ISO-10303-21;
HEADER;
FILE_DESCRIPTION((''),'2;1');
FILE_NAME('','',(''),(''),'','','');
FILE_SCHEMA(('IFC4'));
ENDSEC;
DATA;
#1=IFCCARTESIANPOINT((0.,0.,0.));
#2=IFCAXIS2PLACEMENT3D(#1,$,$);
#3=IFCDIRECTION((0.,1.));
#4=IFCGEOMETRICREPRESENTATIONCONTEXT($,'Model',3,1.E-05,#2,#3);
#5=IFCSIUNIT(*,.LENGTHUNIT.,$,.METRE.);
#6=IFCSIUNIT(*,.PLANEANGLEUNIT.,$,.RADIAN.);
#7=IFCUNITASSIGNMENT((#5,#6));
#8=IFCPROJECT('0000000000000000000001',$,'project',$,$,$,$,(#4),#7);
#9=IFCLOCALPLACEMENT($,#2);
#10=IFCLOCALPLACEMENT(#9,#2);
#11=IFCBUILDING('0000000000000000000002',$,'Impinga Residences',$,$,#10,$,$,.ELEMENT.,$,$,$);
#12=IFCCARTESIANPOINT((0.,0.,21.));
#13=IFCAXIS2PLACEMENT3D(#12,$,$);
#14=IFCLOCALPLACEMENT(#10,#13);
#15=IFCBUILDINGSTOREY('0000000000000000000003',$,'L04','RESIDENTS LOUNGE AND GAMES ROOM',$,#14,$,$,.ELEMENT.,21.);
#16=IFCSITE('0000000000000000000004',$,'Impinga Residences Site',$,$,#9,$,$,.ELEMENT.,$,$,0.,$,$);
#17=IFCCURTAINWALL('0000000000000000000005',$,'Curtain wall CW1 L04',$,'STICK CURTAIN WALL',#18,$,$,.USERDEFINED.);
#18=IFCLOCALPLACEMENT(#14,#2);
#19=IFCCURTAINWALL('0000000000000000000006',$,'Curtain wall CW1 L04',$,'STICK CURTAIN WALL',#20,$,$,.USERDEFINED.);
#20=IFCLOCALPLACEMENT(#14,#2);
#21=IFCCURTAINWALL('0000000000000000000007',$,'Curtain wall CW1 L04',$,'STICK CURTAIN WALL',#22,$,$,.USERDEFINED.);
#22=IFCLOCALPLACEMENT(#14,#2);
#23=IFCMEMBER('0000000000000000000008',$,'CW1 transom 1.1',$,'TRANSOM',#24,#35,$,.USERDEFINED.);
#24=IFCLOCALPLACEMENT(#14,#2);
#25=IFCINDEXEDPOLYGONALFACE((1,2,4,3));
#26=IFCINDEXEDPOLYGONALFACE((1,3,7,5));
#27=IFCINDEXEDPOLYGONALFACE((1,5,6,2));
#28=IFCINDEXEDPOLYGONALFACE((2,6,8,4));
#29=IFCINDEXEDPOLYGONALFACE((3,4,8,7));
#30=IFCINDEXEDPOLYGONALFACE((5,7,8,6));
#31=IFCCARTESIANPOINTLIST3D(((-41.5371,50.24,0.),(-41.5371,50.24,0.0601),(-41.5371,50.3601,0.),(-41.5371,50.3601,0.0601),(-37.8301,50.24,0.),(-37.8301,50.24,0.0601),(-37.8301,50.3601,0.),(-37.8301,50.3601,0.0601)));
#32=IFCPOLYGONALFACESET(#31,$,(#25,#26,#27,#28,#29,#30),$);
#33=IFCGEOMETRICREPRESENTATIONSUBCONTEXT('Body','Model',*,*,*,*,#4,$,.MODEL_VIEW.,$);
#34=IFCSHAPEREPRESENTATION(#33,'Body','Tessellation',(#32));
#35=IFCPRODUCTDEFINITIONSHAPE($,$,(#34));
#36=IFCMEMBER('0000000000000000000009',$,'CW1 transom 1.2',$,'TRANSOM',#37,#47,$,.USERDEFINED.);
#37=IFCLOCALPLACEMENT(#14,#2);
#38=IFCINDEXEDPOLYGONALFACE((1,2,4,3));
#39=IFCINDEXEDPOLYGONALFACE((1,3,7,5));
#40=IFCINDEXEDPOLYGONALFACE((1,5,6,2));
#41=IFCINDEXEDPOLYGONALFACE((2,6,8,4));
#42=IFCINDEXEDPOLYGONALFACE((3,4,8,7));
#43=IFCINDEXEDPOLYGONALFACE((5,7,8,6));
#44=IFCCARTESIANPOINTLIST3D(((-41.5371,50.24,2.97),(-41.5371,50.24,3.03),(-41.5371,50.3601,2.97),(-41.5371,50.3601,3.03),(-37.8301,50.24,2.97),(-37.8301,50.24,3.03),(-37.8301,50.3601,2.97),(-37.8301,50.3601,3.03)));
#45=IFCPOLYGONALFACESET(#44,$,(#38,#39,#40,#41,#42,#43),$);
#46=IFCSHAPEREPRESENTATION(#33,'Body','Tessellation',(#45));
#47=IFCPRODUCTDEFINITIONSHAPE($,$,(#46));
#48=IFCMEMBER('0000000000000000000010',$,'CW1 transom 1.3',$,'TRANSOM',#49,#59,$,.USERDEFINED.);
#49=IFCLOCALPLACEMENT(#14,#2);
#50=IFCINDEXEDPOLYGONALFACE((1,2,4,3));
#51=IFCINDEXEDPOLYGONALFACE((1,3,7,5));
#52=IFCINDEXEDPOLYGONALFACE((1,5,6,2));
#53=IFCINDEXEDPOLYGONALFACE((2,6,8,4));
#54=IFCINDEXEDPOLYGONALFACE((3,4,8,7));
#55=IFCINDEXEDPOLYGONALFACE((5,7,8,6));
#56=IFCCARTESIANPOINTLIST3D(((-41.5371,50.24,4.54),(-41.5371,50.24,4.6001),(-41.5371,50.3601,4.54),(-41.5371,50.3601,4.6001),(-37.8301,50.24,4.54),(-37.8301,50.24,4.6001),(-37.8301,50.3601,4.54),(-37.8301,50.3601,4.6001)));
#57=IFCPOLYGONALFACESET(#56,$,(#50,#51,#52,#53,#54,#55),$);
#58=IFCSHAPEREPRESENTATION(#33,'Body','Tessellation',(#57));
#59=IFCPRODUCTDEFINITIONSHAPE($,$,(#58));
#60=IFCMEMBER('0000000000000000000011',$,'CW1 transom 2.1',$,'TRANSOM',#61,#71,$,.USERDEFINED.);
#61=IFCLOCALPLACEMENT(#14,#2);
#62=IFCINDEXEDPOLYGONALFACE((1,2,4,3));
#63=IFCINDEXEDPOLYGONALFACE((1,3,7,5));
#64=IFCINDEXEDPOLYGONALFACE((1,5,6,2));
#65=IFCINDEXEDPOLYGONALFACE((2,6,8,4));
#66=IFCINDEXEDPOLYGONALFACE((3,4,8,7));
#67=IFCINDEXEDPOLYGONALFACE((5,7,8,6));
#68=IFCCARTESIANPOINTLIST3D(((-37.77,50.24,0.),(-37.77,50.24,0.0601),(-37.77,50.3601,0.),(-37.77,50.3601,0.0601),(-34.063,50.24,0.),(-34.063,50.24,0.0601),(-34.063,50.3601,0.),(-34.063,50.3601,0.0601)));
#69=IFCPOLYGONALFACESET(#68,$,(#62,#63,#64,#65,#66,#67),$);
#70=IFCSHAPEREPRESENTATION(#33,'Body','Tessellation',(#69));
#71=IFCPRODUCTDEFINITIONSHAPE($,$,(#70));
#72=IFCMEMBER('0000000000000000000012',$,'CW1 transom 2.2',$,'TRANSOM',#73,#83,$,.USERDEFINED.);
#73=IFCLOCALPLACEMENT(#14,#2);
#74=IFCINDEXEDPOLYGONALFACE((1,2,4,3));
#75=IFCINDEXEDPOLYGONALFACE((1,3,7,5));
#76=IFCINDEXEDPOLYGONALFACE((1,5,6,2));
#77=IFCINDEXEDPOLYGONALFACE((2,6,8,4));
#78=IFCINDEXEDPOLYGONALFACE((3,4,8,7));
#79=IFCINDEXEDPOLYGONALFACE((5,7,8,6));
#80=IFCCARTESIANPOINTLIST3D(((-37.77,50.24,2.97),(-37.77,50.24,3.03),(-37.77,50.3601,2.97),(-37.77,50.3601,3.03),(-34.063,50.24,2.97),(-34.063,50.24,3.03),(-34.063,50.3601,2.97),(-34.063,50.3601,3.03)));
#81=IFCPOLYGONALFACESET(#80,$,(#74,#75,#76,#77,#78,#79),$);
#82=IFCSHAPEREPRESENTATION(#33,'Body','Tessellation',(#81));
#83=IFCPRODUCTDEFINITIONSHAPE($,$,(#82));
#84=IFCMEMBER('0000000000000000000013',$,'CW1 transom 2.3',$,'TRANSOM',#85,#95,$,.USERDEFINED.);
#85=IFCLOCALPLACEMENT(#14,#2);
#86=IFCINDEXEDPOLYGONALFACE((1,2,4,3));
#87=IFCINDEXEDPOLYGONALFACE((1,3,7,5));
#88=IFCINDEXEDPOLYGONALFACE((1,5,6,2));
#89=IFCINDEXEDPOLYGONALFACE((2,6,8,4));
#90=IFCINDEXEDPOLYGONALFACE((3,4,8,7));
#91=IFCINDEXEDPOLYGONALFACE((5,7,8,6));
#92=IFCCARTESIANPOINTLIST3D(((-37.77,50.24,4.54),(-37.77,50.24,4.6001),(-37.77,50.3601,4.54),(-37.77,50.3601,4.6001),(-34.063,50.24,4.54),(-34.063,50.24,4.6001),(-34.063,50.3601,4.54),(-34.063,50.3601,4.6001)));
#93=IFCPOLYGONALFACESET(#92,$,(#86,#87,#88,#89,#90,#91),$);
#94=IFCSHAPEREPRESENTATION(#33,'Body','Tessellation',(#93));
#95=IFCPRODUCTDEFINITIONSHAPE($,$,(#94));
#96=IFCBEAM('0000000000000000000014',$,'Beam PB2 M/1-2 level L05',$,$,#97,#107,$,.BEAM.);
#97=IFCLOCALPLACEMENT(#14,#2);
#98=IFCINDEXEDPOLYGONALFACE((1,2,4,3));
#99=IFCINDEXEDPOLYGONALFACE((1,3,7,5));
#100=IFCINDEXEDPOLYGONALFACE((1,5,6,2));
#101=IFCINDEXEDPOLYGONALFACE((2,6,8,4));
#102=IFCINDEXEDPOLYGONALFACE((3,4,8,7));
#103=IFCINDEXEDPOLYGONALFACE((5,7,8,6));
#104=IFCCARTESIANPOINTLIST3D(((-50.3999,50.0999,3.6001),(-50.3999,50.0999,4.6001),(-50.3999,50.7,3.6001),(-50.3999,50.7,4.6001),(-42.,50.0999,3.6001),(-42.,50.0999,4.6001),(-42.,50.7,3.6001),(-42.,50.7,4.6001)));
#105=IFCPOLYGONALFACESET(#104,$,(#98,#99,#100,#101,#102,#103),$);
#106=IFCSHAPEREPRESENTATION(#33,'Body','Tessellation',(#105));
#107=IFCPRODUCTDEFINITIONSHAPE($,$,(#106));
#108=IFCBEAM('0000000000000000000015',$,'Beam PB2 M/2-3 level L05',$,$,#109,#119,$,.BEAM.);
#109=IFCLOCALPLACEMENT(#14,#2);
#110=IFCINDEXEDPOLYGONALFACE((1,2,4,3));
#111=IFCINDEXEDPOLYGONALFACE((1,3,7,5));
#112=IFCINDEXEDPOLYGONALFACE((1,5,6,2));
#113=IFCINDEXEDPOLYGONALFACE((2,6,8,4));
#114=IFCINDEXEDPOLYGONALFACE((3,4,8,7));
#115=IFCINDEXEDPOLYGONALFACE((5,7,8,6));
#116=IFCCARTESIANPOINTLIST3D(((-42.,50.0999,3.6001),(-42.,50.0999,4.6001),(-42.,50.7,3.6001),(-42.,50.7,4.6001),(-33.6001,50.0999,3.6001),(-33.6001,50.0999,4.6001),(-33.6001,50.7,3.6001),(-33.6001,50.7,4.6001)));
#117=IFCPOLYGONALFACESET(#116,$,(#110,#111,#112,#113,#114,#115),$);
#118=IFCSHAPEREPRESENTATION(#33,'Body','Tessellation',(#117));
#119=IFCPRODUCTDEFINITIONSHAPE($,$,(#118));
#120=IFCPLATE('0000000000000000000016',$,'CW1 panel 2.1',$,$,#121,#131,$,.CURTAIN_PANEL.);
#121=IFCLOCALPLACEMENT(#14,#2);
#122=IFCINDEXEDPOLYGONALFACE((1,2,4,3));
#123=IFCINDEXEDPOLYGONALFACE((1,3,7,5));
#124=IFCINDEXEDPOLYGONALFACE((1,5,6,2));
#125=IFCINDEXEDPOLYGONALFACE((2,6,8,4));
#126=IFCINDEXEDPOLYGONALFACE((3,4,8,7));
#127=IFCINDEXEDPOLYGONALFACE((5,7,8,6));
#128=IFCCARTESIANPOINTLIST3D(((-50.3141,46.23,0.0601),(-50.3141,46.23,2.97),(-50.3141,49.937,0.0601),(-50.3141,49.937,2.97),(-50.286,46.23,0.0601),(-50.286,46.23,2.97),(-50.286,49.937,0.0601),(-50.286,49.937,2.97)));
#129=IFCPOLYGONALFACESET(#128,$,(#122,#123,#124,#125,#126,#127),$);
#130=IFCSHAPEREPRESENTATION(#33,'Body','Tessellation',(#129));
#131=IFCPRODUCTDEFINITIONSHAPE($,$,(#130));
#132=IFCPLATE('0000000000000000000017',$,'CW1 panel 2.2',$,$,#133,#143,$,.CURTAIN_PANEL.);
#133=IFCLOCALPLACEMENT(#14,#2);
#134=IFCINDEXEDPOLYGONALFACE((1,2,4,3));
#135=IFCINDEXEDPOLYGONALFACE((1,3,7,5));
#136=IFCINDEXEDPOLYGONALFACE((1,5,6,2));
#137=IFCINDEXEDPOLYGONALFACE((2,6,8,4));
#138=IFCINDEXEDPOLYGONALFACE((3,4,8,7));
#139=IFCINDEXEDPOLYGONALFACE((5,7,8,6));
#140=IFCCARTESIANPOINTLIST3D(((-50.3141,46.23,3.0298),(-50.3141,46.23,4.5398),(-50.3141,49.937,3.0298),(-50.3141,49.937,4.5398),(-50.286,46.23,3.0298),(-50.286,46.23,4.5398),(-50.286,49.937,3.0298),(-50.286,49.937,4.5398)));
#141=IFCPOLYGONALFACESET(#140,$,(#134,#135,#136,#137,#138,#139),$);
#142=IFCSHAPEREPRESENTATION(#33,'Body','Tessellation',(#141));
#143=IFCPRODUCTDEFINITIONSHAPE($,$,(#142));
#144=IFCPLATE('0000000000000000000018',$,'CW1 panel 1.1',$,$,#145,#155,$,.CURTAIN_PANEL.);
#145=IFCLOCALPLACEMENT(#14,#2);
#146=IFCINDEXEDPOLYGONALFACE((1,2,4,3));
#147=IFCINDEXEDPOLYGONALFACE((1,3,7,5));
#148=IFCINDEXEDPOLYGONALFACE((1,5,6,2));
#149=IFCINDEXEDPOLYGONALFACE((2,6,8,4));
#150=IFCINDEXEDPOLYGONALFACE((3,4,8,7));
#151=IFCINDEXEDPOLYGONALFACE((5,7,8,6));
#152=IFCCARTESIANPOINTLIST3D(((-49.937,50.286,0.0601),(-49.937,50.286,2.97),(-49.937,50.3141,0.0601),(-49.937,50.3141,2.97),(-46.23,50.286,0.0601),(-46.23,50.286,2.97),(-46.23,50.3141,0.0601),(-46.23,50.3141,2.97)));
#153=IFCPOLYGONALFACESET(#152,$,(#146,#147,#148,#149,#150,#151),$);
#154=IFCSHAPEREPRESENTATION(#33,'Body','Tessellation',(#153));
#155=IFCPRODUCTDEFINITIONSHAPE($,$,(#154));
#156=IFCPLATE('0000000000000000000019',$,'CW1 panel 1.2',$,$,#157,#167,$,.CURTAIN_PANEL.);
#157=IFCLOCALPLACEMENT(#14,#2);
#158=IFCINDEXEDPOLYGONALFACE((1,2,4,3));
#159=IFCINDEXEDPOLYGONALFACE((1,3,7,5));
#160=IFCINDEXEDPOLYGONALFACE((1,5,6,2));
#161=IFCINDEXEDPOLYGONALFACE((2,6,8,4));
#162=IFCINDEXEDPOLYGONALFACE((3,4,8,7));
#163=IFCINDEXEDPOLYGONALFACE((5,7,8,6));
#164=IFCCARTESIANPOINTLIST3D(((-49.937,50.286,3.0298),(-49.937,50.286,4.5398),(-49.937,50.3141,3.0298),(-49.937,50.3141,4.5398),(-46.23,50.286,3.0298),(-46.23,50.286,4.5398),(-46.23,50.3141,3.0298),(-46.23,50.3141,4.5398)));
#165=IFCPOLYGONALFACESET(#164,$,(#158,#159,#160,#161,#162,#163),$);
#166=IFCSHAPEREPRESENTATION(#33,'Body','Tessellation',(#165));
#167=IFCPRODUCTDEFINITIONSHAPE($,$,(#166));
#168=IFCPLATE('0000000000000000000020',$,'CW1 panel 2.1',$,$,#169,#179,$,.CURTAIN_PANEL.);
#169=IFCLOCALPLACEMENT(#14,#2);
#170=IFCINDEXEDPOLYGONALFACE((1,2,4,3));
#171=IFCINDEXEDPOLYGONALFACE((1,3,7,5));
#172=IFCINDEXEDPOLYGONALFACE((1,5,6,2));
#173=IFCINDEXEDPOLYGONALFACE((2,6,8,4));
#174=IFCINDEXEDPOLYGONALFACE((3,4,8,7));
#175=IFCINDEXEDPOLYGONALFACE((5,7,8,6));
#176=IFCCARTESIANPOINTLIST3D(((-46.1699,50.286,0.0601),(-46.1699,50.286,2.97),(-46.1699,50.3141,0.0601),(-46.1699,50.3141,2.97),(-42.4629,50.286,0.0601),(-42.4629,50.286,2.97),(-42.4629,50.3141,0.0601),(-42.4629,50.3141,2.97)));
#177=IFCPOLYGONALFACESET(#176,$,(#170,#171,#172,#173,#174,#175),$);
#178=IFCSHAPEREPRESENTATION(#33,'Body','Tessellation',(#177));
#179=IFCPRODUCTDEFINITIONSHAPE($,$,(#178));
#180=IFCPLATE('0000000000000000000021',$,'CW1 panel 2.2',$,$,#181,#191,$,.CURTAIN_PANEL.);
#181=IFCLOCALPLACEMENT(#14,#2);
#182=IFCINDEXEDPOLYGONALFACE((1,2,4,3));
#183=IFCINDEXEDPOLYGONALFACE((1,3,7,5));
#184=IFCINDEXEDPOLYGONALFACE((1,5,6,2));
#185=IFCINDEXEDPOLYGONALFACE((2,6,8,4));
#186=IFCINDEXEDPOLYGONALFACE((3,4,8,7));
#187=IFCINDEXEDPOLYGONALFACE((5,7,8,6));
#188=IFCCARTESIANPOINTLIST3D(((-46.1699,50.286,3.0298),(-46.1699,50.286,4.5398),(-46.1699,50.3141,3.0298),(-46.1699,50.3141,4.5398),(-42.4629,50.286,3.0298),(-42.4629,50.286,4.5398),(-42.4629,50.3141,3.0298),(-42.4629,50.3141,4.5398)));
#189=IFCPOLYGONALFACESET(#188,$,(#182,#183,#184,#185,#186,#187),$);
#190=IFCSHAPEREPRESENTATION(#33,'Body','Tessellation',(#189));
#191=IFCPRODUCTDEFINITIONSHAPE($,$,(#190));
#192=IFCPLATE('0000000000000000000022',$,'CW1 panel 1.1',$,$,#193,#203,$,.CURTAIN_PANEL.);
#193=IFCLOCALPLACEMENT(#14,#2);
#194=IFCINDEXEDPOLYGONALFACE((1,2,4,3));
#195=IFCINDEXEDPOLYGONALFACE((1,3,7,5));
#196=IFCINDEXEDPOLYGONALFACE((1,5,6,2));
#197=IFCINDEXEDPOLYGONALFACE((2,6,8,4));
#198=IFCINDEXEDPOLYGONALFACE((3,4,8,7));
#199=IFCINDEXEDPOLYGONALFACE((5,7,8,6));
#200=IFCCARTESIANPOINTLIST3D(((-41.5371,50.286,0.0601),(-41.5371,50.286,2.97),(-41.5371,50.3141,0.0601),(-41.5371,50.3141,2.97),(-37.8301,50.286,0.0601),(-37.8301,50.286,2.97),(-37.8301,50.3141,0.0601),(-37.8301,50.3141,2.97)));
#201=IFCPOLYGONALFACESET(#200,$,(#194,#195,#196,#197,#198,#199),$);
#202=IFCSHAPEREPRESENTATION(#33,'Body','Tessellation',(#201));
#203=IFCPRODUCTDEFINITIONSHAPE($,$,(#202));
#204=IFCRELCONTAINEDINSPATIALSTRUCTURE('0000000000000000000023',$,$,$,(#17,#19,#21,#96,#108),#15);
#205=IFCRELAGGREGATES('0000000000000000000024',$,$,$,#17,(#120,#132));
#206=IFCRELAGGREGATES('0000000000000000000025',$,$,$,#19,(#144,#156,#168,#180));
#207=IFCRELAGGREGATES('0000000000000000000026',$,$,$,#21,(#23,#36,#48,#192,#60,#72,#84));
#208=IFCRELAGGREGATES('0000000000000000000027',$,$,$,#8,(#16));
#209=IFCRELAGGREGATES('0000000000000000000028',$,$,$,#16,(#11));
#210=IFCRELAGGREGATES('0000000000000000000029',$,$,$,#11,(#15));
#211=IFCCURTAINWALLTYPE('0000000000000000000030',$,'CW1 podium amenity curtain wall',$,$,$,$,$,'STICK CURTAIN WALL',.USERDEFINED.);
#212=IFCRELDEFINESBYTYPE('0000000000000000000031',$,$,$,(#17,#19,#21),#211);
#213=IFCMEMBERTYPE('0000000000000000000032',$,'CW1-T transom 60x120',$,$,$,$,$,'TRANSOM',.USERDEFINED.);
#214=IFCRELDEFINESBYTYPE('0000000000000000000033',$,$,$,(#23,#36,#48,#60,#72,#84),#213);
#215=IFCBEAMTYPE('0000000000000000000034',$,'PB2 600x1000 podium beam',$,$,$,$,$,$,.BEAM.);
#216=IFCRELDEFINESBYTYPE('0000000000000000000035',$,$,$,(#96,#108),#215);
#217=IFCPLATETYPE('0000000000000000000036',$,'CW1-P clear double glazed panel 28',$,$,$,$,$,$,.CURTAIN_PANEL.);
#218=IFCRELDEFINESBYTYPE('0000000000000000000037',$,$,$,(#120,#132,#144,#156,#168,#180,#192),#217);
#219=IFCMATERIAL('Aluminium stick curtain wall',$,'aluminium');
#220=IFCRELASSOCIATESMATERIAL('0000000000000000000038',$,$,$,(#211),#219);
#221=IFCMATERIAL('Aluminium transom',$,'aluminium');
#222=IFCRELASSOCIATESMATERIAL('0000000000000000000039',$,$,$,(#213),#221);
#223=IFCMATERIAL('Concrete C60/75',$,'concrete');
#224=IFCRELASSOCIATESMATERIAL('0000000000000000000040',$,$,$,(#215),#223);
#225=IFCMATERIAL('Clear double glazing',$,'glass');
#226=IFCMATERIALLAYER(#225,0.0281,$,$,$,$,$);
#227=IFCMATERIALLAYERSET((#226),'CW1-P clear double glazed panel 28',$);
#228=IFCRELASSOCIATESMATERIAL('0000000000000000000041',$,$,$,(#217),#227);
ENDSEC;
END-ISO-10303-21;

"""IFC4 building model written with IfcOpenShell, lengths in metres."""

from ifc_helpers import new_model, si_unit, direction, frame, origin, origin_2d, place, context, subcontext, project, spatial, rectangle, extrude, material, layer, layer_set, material_profile, profile_set, type_object, element, aggregate, save


model = new_model("IFC4")

# Units and contexts
model_context = context("Model", 3, precision=1e-05, world=origin(), true_north=direction((0.0, 1.0)))
body_context = subcontext(model_context, "Body", "Model", "MODEL_VIEW")
ifc_project = project(units=[si_unit("LENGTHUNIT", "METRE"), si_unit("PLANEANGLEUNIT", "RADIAN")], contexts=[model_context])

# Site, building, storey
site_placement = place(None, origin())
site = spatial("IfcSite", under=ifc_project, at=site_placement, Name="Impinga Residences Site", CompositionType="ELEMENT", RefElevation=0.0)
building_placement = place(site_placement, origin())
building = spatial("IfcBuilding", under=site, at=building_placement, Name="Impinga Residences", CompositionType="ELEMENT")
storey_placement = place(building_placement, frame((0.0, 0.0, 21.0)))
storey = spatial("IfcBuildingStorey", under=building, at=storey_placement, Name="L04", Description="RESIDENTS LOUNGE AND GAMES ROOM", CompositionType="ELEMENT", Elevation=21.0)

# Curtain wall
ifc_material_1 = material(Name="Aluminium stick curtain wall", Category="aluminium")
curtain_wall_type = type_object("IfcCurtainWallType", Name="CW1 podium amenity curtain wall", ElementType="STICK CURTAIN WALL", PredefinedType="USERDEFINED", material=ifc_material_1)
curtain_wall_1_placement = place(storey_placement, origin())
curtain_wall_1 = element("IfcCurtainWall", 1, at=curtain_wall_1_placement, inside=storey, type_object=curtain_wall_type, Name="Curtain wall CW1 L04", ObjectType="STICK CURTAIN WALL", PredefinedType="USERDEFINED")

# Curtain walls
curtain_wall_2_placement = place(storey_placement, origin())
curtain_wall_2 = element("IfcCurtainWall", 2, at=curtain_wall_2_placement, inside=storey, type_object=curtain_wall_type, Name="Curtain wall CW1 L04", ObjectType="STICK CURTAIN WALL", PredefinedType="USERDEFINED")
curtain_wall_3_placement = place(storey_placement, origin())
curtain_wall_3 = element("IfcCurtainWall", 3, at=curtain_wall_3_placement, inside=storey, type_object=curtain_wall_type, Name="Curtain wall CW1 L04", ObjectType="STICK CURTAIN WALL", PredefinedType="USERDEFINED")

# Members
ifc_material_2 = material(Name="Aluminium transom", Category="aluminium")
ifc_material_profile_1 = material_profile(ifc_material_2, rectangle(XDim=0.0601, YDim=0.1201, at=origin_2d()), Name="60x120 transom")
ifc_profile_set_1 = profile_set([ifc_material_profile_1], Name="Aluminium transom")
member_type_1 = type_object("IfcMemberType", Name="CW1-T transom 60x120", ElementType="TRANSOM", PredefinedType="USERDEFINED", material=ifc_profile_set_1)
member_1_placement = place(storey_placement, frame((-41.5371, 50.3, 0.03), z_axis=(1.0, 0.0, 0.0), x_axis=(0.0, 0.0, 1.0)))
member_1 = element("IfcMember", 4, at=member_1_placement, type_object=member_type_1, Name="CW1 transom 1.1", ObjectType="TRANSOM", PredefinedType="USERDEFINED", context=body_context, shape_type="SweptSolid", body=[
    extrude(rectangle(XDim=0.0601, YDim=0.1201, at=origin_2d()), origin(), (0.0, 0.0, 1.0), 3.707),
])
member_2_placement = place(storey_placement, frame((-41.5371, 50.3, 3.0), z_axis=(1.0, 0.0, 0.0), x_axis=(0.0, 0.0, 1.0)))
member_2 = element("IfcMember", 5, at=member_2_placement, type_object=member_type_1, Name="CW1 transom 1.2", ObjectType="TRANSOM", PredefinedType="USERDEFINED", context=body_context, shape_type="SweptSolid", body=[
    extrude(rectangle(XDim=0.0601, YDim=0.1201, at=origin_2d()), origin(), (0.0, 0.0, 1.0), 3.707),
])
member_3_placement = place(storey_placement, frame((-41.5371, 50.3, 4.5701), z_axis=(1.0, 0.0, 0.0), x_axis=(0.0, 0.0, 1.0)))
member_3 = element("IfcMember", 6, at=member_3_placement, type_object=member_type_1, Name="CW1 transom 1.3", ObjectType="TRANSOM", PredefinedType="USERDEFINED", context=body_context, shape_type="SweptSolid", body=[
    extrude(rectangle(XDim=0.0601, YDim=0.1201, at=origin_2d()), origin(), (0.0, 0.0, 1.0), 3.707),
])
member_4_placement = place(storey_placement, frame((-37.77, 50.3, 0.03), z_axis=(1.0, 0.0, 0.0), x_axis=(0.0, 0.0, 1.0)))
member_4 = element("IfcMember", 7, at=member_4_placement, type_object=member_type_1, Name="CW1 transom 2.1", ObjectType="TRANSOM", PredefinedType="USERDEFINED", context=body_context, shape_type="SweptSolid", body=[
    extrude(rectangle(XDim=0.0601, YDim=0.1201, at=origin_2d()), origin(), (0.0, 0.0, 1.0), 3.707),
])
member_5_placement = place(storey_placement, frame((-37.77, 50.3, 3.0), z_axis=(1.0, 0.0, 0.0), x_axis=(0.0, 0.0, 1.0)))
member_5 = element("IfcMember", 8, at=member_5_placement, type_object=member_type_1, Name="CW1 transom 2.2", ObjectType="TRANSOM", PredefinedType="USERDEFINED", context=body_context, shape_type="SweptSolid", body=[
    extrude(rectangle(XDim=0.0601, YDim=0.1201, at=origin_2d()), origin(), (0.0, 0.0, 1.0), 3.707),
])
member_6_placement = place(storey_placement, frame((-37.77, 50.3, 4.5701), z_axis=(1.0, 0.0, 0.0), x_axis=(0.0, 0.0, 1.0)))
member_6 = element("IfcMember", 9, at=member_6_placement, type_object=member_type_1, Name="CW1 transom 2.3", ObjectType="TRANSOM", PredefinedType="USERDEFINED", context=body_context, shape_type="SweptSolid", body=[
    extrude(rectangle(XDim=0.0601, YDim=0.1201, at=origin_2d()), origin(), (0.0, 0.0, 1.0), 3.707),
])

# Beams
ifc_material_3 = material(Name="Concrete C60/75", Category="concrete")
ifc_material_profile_2 = material_profile(ifc_material_3, rectangle(XDim=0.6001, YDim=1.0, at=origin_2d()), Name="RC 600x1000")
ifc_profile_set_2 = profile_set([ifc_material_profile_2], Name="Concrete C60/75")
beam_type = type_object("IfcBeamType", Name="PB2 600x1000 podium beam", PredefinedType="BEAM", material=ifc_profile_set_2)
for number, where, z_axis, x_axis, name in (
    (10, (-50.3999, 50.3999, 4.1001), (1.0, 0.0, 0.0), (0.0, 1.0, 0.0), "Beam PB2 M/1-2 level L05"),
    (11, (-42.0, 50.3999, 4.1001), (1.0, 0.0, 0.0), (0.0, 1.0, 0.0), "Beam PB2 M/2-3 level L05"),
):
    element("IfcBeam", number, at=place(storey_placement, frame(where, z_axis=z_axis, x_axis=x_axis)), inside=storey, type_object=beam_type, Name=name, PredefinedType="BEAM", context=body_context, shape_type="SweptSolid", body=[
        extrude(rectangle(XDim=0.6001, YDim=1.0, at=origin_2d()), origin(), (0.0, 0.0, 1.0), 8.3999),
    ])

# Plates
ifc_material_4 = material(Name="Clear double glazing", Category="glass")
ifc_layer = layer(ifc_material_4, 0.0281)
ifc_layer_set = layer_set([ifc_layer], Name="CW1-P clear double glazed panel 28")
plate_type = type_object("IfcPlateType", Name="CW1-P clear double glazed panel 28", PredefinedType="CURTAIN_PANEL", material=ifc_layer_set)
plate_1_placement = place(storey_placement, frame((-50.3, 48.0835, 0.0601), z_axis=(0.0, 0.0, 1.0), x_axis=(0.0, 1.0, 0.0)))
plate_1 = element("IfcPlate", 12, at=plate_1_placement, type_object=plate_type, Name="CW1 panel 2.1", PredefinedType="CURTAIN_PANEL", context=body_context, shape_type="SweptSolid", body=[
    extrude(rectangle(XDim=3.707, YDim=0.0281, at=origin_2d()), origin(), (0.0, 0.0, 1.0), 2.9099),
])
plate_2_placement = place(storey_placement, frame((-50.3, 48.0835, 3.0298), z_axis=(0.0, 0.0, 1.0), x_axis=(0.0, 1.0, 0.0)))
plate_2 = element("IfcPlate", 13, at=plate_2_placement, type_object=plate_type, Name="CW1 panel 2.2", PredefinedType="CURTAIN_PANEL", context=body_context, shape_type="SweptSolid", body=[
    extrude(rectangle(XDim=3.707, YDim=0.0281, at=origin_2d()), origin(), (0.0, 0.0, 1.0), 1.51),
])
aggregate(curtain_wall_1, [plate_1, plate_2])
plate_3_placement = place(storey_placement, frame((-48.0835, 50.3, 0.0601), z_axis=(0.0, 0.0, 1.0), x_axis=(1.0, 0.0, 0.0)))
plate_3 = element("IfcPlate", 14, at=plate_3_placement, type_object=plate_type, Name="CW1 panel 1.1", PredefinedType="CURTAIN_PANEL", context=body_context, shape_type="SweptSolid", body=[
    extrude(rectangle(XDim=3.707, YDim=0.0281, at=origin_2d()), origin(), (0.0, 0.0, 1.0), 2.9099),
])
plate_4_placement = place(storey_placement, frame((-48.0835, 50.3, 3.0298), z_axis=(0.0, 0.0, 1.0), x_axis=(1.0, 0.0, 0.0)))
plate_4 = element("IfcPlate", 15, at=plate_4_placement, type_object=plate_type, Name="CW1 panel 1.2", PredefinedType="CURTAIN_PANEL", context=body_context, shape_type="SweptSolid", body=[
    extrude(rectangle(XDim=3.707, YDim=0.0281, at=origin_2d()), origin(), (0.0, 0.0, 1.0), 1.51),
])
plate_5_placement = place(storey_placement, frame((-44.3164, 50.3, 0.0601), z_axis=(0.0, 0.0, 1.0), x_axis=(1.0, 0.0, 0.0)))
plate_5 = element("IfcPlate", 16, at=plate_5_placement, type_object=plate_type, Name="CW1 panel 2.1", PredefinedType="CURTAIN_PANEL", context=body_context, shape_type="SweptSolid", body=[
    extrude(rectangle(XDim=3.707, YDim=0.0281, at=origin_2d()), origin(), (0.0, 0.0, 1.0), 2.9099),
])
plate_6_placement = place(storey_placement, frame((-44.3164, 50.3, 3.0298), z_axis=(0.0, 0.0, 1.0), x_axis=(1.0, 0.0, 0.0)))
plate_6 = element("IfcPlate", 17, at=plate_6_placement, type_object=plate_type, Name="CW1 panel 2.2", PredefinedType="CURTAIN_PANEL", context=body_context, shape_type="SweptSolid", body=[
    extrude(rectangle(XDim=3.707, YDim=0.0281, at=origin_2d()), origin(), (0.0, 0.0, 1.0), 1.51),
])
aggregate(curtain_wall_2, [plate_3, plate_4, plate_5, plate_6])
plate_7_placement = place(storey_placement, frame((-39.6836, 50.3, 0.0601), z_axis=(0.0, 0.0, 1.0), x_axis=(1.0, 0.0, 0.0)))
plate_7 = element("IfcPlate", 18, at=plate_7_placement, type_object=plate_type, Name="CW1 panel 1.1", PredefinedType="CURTAIN_PANEL", context=body_context, shape_type="SweptSolid", body=[
    extrude(rectangle(XDim=3.707, YDim=0.0281, at=origin_2d()), origin(), (0.0, 0.0, 1.0), 2.9099),
])
aggregate(curtain_wall_3, [member_1, member_2, member_3, plate_7, member_4, member_5, member_6])

save(model, "model.ifc")
